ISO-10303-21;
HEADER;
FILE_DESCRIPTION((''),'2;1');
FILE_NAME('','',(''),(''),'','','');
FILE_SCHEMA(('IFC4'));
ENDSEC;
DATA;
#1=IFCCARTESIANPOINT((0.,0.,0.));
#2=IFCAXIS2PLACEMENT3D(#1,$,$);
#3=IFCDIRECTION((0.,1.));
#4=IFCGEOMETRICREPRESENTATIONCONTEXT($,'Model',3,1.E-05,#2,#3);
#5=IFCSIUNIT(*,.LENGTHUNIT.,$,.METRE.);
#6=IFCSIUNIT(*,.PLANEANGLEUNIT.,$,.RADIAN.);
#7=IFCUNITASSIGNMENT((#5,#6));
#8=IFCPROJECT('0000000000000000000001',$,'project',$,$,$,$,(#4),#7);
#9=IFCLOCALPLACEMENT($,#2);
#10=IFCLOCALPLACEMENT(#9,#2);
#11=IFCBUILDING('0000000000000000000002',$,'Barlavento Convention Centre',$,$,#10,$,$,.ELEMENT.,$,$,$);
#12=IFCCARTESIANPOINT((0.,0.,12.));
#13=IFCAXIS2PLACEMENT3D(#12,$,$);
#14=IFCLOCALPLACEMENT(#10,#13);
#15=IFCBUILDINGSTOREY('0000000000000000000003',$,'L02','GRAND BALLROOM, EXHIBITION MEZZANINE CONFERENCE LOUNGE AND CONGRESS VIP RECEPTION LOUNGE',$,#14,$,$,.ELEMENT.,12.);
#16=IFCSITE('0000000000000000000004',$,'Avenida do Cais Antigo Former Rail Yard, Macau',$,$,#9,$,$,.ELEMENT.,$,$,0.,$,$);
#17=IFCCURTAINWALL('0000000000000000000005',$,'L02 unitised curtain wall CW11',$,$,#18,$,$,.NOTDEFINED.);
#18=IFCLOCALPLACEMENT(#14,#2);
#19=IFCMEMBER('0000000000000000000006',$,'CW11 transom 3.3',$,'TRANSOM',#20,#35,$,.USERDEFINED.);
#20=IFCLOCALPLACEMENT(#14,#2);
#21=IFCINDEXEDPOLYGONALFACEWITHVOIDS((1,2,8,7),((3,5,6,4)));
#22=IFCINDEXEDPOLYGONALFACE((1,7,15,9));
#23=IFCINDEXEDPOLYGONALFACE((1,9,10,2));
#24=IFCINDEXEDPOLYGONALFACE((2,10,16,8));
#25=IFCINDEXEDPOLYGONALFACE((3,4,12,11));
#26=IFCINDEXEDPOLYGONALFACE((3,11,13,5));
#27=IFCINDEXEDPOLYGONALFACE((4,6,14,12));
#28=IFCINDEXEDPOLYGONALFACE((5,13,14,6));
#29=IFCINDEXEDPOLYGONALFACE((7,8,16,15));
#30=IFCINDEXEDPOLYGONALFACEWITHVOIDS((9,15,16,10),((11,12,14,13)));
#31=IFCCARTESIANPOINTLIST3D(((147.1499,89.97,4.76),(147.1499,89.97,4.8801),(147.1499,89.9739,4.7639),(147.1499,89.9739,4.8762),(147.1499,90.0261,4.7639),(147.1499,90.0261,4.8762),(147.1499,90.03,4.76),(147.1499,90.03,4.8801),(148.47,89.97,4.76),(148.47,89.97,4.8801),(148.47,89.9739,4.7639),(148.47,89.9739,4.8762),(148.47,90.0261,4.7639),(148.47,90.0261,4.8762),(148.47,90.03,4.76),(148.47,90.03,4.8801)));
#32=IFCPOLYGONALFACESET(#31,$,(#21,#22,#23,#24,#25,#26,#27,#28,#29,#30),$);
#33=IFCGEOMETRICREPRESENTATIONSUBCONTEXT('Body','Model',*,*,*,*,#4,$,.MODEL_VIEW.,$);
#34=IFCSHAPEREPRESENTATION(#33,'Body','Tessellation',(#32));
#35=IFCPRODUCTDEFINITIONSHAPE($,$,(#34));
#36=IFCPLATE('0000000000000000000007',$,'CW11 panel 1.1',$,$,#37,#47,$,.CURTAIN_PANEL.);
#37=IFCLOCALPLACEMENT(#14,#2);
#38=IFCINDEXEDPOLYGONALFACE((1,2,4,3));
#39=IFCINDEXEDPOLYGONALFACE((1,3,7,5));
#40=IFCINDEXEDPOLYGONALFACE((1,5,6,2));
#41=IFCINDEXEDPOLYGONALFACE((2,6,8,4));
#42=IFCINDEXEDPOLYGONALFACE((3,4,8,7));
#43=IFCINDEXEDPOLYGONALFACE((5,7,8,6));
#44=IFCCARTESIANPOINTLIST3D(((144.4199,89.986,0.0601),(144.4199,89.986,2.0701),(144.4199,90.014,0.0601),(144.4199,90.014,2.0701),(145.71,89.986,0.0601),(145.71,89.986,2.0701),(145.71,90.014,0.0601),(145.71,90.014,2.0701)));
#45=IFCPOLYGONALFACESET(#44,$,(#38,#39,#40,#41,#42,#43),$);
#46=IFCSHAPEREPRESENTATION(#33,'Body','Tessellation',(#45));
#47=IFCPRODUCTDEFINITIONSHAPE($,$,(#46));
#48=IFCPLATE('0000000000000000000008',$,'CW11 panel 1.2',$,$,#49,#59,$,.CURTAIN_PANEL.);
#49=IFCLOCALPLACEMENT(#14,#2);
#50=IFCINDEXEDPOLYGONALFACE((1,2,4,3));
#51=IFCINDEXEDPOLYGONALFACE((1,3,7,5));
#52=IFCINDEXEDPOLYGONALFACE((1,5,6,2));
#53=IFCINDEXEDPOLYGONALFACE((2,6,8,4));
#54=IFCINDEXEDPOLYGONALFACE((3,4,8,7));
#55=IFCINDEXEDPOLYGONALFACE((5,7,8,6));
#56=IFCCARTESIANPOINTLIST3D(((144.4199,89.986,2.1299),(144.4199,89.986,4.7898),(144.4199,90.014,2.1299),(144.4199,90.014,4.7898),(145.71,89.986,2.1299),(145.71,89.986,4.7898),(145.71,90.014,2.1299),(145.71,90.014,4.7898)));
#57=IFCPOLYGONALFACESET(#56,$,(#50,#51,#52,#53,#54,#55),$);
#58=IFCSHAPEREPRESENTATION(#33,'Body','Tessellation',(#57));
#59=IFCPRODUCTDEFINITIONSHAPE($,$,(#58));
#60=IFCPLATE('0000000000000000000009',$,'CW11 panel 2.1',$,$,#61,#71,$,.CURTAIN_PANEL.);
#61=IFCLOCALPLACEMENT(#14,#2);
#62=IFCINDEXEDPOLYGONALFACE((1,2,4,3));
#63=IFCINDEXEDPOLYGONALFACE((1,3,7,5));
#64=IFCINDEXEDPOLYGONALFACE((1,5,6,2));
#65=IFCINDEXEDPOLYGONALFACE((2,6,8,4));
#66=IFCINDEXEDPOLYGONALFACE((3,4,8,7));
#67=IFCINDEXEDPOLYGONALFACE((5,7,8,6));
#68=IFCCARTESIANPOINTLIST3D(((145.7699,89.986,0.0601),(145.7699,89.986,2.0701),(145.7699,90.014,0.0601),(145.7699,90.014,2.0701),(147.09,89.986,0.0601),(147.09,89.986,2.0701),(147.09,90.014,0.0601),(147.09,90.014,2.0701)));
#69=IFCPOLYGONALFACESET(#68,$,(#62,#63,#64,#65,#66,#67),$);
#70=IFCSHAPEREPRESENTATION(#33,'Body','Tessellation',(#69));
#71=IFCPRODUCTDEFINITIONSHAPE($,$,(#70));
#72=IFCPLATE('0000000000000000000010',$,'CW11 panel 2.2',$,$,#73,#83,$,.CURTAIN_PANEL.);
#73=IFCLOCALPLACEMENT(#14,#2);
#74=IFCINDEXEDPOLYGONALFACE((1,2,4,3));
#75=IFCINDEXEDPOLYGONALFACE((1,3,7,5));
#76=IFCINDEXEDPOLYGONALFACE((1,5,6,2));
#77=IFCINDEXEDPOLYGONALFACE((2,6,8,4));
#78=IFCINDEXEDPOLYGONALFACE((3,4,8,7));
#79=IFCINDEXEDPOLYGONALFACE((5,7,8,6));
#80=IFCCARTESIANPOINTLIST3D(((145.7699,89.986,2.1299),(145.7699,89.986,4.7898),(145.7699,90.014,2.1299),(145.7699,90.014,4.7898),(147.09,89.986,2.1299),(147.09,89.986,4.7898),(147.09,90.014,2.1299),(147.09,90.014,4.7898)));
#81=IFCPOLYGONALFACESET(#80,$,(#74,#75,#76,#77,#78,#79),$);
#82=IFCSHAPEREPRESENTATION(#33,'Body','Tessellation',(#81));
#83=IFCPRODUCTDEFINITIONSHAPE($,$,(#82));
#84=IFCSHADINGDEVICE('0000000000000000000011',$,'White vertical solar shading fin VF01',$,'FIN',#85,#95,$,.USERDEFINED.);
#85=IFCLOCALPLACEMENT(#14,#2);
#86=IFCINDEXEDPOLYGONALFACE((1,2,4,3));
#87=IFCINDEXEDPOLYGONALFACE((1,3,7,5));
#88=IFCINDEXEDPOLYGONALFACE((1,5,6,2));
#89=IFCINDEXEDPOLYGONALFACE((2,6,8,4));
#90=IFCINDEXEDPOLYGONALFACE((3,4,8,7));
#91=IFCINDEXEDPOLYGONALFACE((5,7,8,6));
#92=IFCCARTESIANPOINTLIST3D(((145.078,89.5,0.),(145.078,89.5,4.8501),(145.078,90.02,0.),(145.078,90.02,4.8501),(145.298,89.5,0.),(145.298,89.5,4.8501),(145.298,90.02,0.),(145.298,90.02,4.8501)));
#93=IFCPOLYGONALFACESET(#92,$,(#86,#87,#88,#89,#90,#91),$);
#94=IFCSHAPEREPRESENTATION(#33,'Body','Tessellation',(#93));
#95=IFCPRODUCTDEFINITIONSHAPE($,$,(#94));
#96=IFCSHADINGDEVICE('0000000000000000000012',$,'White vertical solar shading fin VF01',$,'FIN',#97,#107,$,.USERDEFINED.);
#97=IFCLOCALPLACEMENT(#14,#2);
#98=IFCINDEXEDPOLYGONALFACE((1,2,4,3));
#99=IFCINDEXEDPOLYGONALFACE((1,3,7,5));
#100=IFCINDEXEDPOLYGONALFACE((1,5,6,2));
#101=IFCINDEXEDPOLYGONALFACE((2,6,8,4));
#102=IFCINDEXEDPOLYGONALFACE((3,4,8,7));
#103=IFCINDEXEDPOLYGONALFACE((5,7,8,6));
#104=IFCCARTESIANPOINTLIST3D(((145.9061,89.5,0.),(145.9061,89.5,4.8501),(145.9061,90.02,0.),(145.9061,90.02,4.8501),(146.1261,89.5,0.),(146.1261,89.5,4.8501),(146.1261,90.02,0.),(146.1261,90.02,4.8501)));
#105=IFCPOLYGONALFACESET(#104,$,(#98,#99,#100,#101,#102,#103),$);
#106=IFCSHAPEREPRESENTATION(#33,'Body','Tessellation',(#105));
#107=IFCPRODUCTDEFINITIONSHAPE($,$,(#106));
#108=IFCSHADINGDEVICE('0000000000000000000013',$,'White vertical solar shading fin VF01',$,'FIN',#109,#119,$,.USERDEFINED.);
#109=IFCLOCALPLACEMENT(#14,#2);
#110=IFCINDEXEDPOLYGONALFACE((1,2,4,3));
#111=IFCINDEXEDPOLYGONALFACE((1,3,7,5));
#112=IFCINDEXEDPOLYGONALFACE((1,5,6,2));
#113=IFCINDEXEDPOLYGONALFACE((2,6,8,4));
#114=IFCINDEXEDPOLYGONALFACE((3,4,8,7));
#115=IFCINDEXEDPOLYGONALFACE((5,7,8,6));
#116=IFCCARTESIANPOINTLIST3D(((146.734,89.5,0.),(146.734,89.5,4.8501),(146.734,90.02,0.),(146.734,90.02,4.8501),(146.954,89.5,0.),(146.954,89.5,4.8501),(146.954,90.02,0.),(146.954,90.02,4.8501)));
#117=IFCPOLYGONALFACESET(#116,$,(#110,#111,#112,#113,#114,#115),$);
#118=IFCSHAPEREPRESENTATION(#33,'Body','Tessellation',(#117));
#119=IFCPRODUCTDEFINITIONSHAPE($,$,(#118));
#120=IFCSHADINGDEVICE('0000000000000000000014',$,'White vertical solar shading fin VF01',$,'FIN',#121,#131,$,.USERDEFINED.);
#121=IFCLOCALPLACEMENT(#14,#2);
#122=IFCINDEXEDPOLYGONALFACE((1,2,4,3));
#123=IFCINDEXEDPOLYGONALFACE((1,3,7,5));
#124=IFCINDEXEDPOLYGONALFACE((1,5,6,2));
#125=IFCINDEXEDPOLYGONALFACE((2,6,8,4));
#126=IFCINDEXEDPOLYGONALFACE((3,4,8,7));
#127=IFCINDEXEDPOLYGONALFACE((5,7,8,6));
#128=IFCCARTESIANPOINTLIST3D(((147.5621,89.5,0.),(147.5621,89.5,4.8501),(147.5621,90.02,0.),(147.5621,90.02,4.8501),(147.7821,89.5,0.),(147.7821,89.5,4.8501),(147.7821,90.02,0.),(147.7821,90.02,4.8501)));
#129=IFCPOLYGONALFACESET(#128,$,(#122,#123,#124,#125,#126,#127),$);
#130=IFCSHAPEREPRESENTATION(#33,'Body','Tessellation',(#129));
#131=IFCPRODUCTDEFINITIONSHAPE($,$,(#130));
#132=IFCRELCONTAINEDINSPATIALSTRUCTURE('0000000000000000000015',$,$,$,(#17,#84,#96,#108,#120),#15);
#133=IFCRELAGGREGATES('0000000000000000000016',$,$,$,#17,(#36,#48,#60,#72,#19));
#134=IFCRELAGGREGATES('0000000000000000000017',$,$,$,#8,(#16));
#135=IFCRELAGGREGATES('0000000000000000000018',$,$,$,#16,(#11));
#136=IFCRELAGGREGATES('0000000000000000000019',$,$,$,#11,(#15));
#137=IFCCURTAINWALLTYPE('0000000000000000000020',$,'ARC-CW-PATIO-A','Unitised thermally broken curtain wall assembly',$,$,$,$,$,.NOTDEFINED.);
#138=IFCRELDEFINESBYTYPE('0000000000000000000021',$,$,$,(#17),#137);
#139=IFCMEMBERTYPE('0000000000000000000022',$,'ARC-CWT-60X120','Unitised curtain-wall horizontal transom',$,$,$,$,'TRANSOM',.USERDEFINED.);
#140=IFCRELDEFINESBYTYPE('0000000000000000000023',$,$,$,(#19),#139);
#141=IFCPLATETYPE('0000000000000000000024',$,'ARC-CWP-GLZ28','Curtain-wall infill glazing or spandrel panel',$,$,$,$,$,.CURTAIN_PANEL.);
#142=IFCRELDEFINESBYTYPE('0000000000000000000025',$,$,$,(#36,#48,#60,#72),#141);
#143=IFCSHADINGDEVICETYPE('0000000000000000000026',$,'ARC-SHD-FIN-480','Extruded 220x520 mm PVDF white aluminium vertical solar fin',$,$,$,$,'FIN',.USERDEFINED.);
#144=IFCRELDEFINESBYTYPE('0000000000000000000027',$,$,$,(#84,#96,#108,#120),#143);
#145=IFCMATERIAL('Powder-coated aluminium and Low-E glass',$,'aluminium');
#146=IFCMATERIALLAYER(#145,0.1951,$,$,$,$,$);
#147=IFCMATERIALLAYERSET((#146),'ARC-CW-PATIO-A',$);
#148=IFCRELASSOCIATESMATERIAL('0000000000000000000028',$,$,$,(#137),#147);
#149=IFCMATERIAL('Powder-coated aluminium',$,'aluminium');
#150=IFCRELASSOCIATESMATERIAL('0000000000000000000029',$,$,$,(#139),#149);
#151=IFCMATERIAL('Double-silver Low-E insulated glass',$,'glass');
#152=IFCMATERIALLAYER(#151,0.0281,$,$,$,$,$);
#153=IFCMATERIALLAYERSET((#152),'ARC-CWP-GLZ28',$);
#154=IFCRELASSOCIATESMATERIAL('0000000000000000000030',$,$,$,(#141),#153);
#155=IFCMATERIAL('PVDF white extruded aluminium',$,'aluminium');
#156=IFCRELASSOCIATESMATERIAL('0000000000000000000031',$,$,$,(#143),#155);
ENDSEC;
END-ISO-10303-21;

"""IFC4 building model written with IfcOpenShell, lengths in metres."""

from ifc_helpers import new_model, si_unit, direction, frame, origin, origin_2d, place, context, subcontext, project, spatial, rectangle, hollow_rectangle, extrude, material, layer, layer_set, material_profile, profile_set, type_object, element, aggregate, save


model = new_model("IFC4")

# Units and contexts
model_context = context("Model", 3, precision=1e-05, world=origin(), true_north=direction((0.0, 1.0)))
body_context = subcontext(model_context, "Body", "Model", "MODEL_VIEW")
ifc_project = project(units=[si_unit("LENGTHUNIT", "METRE"), si_unit("PLANEANGLEUNIT", "RADIAN")], contexts=[model_context])

# Site, building, storey
site_placement = place(None, origin())
site = spatial("IfcSite", under=ifc_project, at=site_placement, Name="Avenida do Cais Antigo Former Rail Yard, Macau", CompositionType="ELEMENT", RefElevation=0.0)
building_placement = place(site_placement, origin())
building = spatial("IfcBuilding", under=site, at=building_placement, Name="Barlavento Convention Centre", CompositionType="ELEMENT")
storey_placement = place(building_placement, frame((0.0, 0.0, 12.0)))
storey = spatial("IfcBuildingStorey", under=building, at=storey_placement, Name="L02", Description="GRAND BALLROOM, EXHIBITION MEZZANINE CONFERENCE LOUNGE AND CONGRESS VIP RECEPTION LOUNGE", CompositionType="ELEMENT", Elevation=12.0)

# Curtain wall, member, plates
ifc_material_1 = material(Name="Powder-coated aluminium and Low-E glass", Category="aluminium")
ifc_layer_1 = layer(ifc_material_1, 0.1951)
ifc_layer_set_1 = layer_set([ifc_layer_1], Name="ARC-CW-PATIO-A")
curtain_wall_type = type_object("IfcCurtainWallType", Name="ARC-CW-PATIO-A", Description="Unitised thermally broken curtain wall assembly", PredefinedType="NOTDEFINED", material=ifc_layer_set_1)
curtain_wall_placement = place(storey_placement, origin())
curtain_wall = element("IfcCurtainWall", 1, at=curtain_wall_placement, inside=storey, type_object=curtain_wall_type, Name="L02 unitised curtain wall CW11", PredefinedType="NOTDEFINED")
ifc_material_2 = material(Name="Powder-coated aluminium", Category="aluminium")
ifc_material_profile_1 = material_profile(ifc_material_2, hollow_rectangle(XDim=0.0601, YDim=0.1201, WallThickness=0.0039, at=origin_2d()), Name="AL-TRAN 60x120x4")
ifc_profile_set_1 = profile_set([ifc_material_profile_1], Name="Powder-coated aluminium")
member_type_1 = type_object("IfcMemberType", Name="ARC-CWT-60X120", Description="Unitised curtain-wall horizontal transom", ElementType="TRANSOM", PredefinedType="USERDEFINED", material=ifc_profile_set_1)
member_1_placement = place(storey_placement, frame((147.1499, 90.0, 4.8201), z_axis=(1.0, 0.0, 0.0), x_axis=(0.0, 1.0, 0.0)))
member_1 = element("IfcMember", 2, at=member_1_placement, type_object=member_type_1, Name="CW11 transom 3.3", ObjectType="TRANSOM", PredefinedType="USERDEFINED", context=body_context, shape_type="SweptSolid", body=[
    extrude(hollow_rectangle(XDim=0.0601, YDim=0.1201, WallThickness=0.0039, at=origin_2d()), origin(), (0.0, 0.0, 1.0), 1.3201),
])
ifc_material_3 = material(Name="Double-silver Low-E insulated glass", Category="glass")
ifc_layer_2 = layer(ifc_material_3, 0.0281)
ifc_layer_set_2 = layer_set([ifc_layer_2], Name="ARC-CWP-GLZ28")
plate_type = type_object("IfcPlateType", Name="ARC-CWP-GLZ28", Description="Curtain-wall infill glazing or spandrel panel", PredefinedType="CURTAIN_PANEL", material=ifc_layer_set_2)
plate_1_placement = place(storey_placement, frame((145.0649, 90.0, 0.0601), z_axis=(0.0, 0.0, 1.0), x_axis=(1.0, 0.0, 0.0)))
plate_1 = element("IfcPlate", 3, at=plate_1_placement, type_object=plate_type, Name="CW11 panel 1.1", PredefinedType="CURTAIN_PANEL", context=body_context, shape_type="SweptSolid", body=[
    extrude(rectangle(XDim=1.29, YDim=0.0281, at=origin_2d()), origin(), (0.0, 0.0, 1.0), 2.01),
])
plate_2_placement = place(storey_placement, frame((145.0649, 90.0, 2.1299), z_axis=(0.0, 0.0, 1.0), x_axis=(1.0, 0.0, 0.0)))
plate_2 = element("IfcPlate", 4, at=plate_2_placement, type_object=plate_type, Name="CW11 panel 1.2", PredefinedType="CURTAIN_PANEL", context=body_context, shape_type="SweptSolid", body=[
    extrude(rectangle(XDim=1.29, YDim=0.0281, at=origin_2d()), origin(), (0.0, 0.0, 1.0), 2.6599),
])
plate_3_placement = place(storey_placement, frame((146.4299, 90.0, 0.0601), z_axis=(0.0, 0.0, 1.0), x_axis=(1.0, 0.0, 0.0)))
plate_3 = element("IfcPlate", 5, at=plate_3_placement, type_object=plate_type, Name="CW11 panel 2.1", PredefinedType="CURTAIN_PANEL", context=body_context, shape_type="SweptSolid", body=[
    extrude(rectangle(XDim=1.3201, YDim=0.0281, at=origin_2d()), origin(), (0.0, 0.0, 1.0), 2.01),
])
plate_4_placement = place(storey_placement, frame((146.4299, 90.0, 2.1299), z_axis=(0.0, 0.0, 1.0), x_axis=(1.0, 0.0, 0.0)))
plate_4 = element("IfcPlate", 6, at=plate_4_placement, type_object=plate_type, Name="CW11 panel 2.2", PredefinedType="CURTAIN_PANEL", context=body_context, shape_type="SweptSolid", body=[
    extrude(rectangle(XDim=1.3201, YDim=0.0281, at=origin_2d()), origin(), (0.0, 0.0, 1.0), 2.6599),
])
aggregate(curtain_wall, [plate_1, plate_2, plate_3, plate_4, member_1])

# Shading devices
ifc_material_4 = material(Name="PVDF white extruded aluminium", Category="aluminium")
shading_device_type = type_object("IfcShadingDeviceType", Name="ARC-SHD-FIN-480", Description="Extruded 220x520 mm PVDF white aluminium vertical solar fin", ElementType="FIN", PredefinedType="USERDEFINED", material=ifc_material_4)
for number, where, z_axis, x_axis, name in (
    (7, (145.188, 89.76, 0.0), (0.0, 0.0, 1.0), (1.0, 0.0, 0.0), "White vertical solar shading fin VF01"),
    (8, (146.0161, 89.76, 0.0), (0.0, 0.0, 1.0), (1.0, 0.0, 0.0), "White vertical solar shading fin VF01"),
    (9, (146.844, 89.76, 0.0), (0.0, 0.0, 1.0), (1.0, 0.0, 0.0), "White vertical solar shading fin VF01"),
    (10, (147.6721, 89.76, 0.0), (0.0, 0.0, 1.0), (1.0, 0.0, 0.0), "White vertical solar shading fin VF01"),
):
    element("IfcShadingDevice", number, at=place(storey_placement, frame(where, z_axis=z_axis, x_axis=x_axis)), inside=storey, type_object=shading_device_type, Name=name, ObjectType="FIN", PredefinedType="USERDEFINED", context=body_context, shape_type="SweptSolid", body=[
        extrude(rectangle(XDim=0.22, YDim=0.52, at=origin_2d()), origin(), (0.0, 0.0, 1.0), 4.8501),
    ])

save(model, "model.ifc")
